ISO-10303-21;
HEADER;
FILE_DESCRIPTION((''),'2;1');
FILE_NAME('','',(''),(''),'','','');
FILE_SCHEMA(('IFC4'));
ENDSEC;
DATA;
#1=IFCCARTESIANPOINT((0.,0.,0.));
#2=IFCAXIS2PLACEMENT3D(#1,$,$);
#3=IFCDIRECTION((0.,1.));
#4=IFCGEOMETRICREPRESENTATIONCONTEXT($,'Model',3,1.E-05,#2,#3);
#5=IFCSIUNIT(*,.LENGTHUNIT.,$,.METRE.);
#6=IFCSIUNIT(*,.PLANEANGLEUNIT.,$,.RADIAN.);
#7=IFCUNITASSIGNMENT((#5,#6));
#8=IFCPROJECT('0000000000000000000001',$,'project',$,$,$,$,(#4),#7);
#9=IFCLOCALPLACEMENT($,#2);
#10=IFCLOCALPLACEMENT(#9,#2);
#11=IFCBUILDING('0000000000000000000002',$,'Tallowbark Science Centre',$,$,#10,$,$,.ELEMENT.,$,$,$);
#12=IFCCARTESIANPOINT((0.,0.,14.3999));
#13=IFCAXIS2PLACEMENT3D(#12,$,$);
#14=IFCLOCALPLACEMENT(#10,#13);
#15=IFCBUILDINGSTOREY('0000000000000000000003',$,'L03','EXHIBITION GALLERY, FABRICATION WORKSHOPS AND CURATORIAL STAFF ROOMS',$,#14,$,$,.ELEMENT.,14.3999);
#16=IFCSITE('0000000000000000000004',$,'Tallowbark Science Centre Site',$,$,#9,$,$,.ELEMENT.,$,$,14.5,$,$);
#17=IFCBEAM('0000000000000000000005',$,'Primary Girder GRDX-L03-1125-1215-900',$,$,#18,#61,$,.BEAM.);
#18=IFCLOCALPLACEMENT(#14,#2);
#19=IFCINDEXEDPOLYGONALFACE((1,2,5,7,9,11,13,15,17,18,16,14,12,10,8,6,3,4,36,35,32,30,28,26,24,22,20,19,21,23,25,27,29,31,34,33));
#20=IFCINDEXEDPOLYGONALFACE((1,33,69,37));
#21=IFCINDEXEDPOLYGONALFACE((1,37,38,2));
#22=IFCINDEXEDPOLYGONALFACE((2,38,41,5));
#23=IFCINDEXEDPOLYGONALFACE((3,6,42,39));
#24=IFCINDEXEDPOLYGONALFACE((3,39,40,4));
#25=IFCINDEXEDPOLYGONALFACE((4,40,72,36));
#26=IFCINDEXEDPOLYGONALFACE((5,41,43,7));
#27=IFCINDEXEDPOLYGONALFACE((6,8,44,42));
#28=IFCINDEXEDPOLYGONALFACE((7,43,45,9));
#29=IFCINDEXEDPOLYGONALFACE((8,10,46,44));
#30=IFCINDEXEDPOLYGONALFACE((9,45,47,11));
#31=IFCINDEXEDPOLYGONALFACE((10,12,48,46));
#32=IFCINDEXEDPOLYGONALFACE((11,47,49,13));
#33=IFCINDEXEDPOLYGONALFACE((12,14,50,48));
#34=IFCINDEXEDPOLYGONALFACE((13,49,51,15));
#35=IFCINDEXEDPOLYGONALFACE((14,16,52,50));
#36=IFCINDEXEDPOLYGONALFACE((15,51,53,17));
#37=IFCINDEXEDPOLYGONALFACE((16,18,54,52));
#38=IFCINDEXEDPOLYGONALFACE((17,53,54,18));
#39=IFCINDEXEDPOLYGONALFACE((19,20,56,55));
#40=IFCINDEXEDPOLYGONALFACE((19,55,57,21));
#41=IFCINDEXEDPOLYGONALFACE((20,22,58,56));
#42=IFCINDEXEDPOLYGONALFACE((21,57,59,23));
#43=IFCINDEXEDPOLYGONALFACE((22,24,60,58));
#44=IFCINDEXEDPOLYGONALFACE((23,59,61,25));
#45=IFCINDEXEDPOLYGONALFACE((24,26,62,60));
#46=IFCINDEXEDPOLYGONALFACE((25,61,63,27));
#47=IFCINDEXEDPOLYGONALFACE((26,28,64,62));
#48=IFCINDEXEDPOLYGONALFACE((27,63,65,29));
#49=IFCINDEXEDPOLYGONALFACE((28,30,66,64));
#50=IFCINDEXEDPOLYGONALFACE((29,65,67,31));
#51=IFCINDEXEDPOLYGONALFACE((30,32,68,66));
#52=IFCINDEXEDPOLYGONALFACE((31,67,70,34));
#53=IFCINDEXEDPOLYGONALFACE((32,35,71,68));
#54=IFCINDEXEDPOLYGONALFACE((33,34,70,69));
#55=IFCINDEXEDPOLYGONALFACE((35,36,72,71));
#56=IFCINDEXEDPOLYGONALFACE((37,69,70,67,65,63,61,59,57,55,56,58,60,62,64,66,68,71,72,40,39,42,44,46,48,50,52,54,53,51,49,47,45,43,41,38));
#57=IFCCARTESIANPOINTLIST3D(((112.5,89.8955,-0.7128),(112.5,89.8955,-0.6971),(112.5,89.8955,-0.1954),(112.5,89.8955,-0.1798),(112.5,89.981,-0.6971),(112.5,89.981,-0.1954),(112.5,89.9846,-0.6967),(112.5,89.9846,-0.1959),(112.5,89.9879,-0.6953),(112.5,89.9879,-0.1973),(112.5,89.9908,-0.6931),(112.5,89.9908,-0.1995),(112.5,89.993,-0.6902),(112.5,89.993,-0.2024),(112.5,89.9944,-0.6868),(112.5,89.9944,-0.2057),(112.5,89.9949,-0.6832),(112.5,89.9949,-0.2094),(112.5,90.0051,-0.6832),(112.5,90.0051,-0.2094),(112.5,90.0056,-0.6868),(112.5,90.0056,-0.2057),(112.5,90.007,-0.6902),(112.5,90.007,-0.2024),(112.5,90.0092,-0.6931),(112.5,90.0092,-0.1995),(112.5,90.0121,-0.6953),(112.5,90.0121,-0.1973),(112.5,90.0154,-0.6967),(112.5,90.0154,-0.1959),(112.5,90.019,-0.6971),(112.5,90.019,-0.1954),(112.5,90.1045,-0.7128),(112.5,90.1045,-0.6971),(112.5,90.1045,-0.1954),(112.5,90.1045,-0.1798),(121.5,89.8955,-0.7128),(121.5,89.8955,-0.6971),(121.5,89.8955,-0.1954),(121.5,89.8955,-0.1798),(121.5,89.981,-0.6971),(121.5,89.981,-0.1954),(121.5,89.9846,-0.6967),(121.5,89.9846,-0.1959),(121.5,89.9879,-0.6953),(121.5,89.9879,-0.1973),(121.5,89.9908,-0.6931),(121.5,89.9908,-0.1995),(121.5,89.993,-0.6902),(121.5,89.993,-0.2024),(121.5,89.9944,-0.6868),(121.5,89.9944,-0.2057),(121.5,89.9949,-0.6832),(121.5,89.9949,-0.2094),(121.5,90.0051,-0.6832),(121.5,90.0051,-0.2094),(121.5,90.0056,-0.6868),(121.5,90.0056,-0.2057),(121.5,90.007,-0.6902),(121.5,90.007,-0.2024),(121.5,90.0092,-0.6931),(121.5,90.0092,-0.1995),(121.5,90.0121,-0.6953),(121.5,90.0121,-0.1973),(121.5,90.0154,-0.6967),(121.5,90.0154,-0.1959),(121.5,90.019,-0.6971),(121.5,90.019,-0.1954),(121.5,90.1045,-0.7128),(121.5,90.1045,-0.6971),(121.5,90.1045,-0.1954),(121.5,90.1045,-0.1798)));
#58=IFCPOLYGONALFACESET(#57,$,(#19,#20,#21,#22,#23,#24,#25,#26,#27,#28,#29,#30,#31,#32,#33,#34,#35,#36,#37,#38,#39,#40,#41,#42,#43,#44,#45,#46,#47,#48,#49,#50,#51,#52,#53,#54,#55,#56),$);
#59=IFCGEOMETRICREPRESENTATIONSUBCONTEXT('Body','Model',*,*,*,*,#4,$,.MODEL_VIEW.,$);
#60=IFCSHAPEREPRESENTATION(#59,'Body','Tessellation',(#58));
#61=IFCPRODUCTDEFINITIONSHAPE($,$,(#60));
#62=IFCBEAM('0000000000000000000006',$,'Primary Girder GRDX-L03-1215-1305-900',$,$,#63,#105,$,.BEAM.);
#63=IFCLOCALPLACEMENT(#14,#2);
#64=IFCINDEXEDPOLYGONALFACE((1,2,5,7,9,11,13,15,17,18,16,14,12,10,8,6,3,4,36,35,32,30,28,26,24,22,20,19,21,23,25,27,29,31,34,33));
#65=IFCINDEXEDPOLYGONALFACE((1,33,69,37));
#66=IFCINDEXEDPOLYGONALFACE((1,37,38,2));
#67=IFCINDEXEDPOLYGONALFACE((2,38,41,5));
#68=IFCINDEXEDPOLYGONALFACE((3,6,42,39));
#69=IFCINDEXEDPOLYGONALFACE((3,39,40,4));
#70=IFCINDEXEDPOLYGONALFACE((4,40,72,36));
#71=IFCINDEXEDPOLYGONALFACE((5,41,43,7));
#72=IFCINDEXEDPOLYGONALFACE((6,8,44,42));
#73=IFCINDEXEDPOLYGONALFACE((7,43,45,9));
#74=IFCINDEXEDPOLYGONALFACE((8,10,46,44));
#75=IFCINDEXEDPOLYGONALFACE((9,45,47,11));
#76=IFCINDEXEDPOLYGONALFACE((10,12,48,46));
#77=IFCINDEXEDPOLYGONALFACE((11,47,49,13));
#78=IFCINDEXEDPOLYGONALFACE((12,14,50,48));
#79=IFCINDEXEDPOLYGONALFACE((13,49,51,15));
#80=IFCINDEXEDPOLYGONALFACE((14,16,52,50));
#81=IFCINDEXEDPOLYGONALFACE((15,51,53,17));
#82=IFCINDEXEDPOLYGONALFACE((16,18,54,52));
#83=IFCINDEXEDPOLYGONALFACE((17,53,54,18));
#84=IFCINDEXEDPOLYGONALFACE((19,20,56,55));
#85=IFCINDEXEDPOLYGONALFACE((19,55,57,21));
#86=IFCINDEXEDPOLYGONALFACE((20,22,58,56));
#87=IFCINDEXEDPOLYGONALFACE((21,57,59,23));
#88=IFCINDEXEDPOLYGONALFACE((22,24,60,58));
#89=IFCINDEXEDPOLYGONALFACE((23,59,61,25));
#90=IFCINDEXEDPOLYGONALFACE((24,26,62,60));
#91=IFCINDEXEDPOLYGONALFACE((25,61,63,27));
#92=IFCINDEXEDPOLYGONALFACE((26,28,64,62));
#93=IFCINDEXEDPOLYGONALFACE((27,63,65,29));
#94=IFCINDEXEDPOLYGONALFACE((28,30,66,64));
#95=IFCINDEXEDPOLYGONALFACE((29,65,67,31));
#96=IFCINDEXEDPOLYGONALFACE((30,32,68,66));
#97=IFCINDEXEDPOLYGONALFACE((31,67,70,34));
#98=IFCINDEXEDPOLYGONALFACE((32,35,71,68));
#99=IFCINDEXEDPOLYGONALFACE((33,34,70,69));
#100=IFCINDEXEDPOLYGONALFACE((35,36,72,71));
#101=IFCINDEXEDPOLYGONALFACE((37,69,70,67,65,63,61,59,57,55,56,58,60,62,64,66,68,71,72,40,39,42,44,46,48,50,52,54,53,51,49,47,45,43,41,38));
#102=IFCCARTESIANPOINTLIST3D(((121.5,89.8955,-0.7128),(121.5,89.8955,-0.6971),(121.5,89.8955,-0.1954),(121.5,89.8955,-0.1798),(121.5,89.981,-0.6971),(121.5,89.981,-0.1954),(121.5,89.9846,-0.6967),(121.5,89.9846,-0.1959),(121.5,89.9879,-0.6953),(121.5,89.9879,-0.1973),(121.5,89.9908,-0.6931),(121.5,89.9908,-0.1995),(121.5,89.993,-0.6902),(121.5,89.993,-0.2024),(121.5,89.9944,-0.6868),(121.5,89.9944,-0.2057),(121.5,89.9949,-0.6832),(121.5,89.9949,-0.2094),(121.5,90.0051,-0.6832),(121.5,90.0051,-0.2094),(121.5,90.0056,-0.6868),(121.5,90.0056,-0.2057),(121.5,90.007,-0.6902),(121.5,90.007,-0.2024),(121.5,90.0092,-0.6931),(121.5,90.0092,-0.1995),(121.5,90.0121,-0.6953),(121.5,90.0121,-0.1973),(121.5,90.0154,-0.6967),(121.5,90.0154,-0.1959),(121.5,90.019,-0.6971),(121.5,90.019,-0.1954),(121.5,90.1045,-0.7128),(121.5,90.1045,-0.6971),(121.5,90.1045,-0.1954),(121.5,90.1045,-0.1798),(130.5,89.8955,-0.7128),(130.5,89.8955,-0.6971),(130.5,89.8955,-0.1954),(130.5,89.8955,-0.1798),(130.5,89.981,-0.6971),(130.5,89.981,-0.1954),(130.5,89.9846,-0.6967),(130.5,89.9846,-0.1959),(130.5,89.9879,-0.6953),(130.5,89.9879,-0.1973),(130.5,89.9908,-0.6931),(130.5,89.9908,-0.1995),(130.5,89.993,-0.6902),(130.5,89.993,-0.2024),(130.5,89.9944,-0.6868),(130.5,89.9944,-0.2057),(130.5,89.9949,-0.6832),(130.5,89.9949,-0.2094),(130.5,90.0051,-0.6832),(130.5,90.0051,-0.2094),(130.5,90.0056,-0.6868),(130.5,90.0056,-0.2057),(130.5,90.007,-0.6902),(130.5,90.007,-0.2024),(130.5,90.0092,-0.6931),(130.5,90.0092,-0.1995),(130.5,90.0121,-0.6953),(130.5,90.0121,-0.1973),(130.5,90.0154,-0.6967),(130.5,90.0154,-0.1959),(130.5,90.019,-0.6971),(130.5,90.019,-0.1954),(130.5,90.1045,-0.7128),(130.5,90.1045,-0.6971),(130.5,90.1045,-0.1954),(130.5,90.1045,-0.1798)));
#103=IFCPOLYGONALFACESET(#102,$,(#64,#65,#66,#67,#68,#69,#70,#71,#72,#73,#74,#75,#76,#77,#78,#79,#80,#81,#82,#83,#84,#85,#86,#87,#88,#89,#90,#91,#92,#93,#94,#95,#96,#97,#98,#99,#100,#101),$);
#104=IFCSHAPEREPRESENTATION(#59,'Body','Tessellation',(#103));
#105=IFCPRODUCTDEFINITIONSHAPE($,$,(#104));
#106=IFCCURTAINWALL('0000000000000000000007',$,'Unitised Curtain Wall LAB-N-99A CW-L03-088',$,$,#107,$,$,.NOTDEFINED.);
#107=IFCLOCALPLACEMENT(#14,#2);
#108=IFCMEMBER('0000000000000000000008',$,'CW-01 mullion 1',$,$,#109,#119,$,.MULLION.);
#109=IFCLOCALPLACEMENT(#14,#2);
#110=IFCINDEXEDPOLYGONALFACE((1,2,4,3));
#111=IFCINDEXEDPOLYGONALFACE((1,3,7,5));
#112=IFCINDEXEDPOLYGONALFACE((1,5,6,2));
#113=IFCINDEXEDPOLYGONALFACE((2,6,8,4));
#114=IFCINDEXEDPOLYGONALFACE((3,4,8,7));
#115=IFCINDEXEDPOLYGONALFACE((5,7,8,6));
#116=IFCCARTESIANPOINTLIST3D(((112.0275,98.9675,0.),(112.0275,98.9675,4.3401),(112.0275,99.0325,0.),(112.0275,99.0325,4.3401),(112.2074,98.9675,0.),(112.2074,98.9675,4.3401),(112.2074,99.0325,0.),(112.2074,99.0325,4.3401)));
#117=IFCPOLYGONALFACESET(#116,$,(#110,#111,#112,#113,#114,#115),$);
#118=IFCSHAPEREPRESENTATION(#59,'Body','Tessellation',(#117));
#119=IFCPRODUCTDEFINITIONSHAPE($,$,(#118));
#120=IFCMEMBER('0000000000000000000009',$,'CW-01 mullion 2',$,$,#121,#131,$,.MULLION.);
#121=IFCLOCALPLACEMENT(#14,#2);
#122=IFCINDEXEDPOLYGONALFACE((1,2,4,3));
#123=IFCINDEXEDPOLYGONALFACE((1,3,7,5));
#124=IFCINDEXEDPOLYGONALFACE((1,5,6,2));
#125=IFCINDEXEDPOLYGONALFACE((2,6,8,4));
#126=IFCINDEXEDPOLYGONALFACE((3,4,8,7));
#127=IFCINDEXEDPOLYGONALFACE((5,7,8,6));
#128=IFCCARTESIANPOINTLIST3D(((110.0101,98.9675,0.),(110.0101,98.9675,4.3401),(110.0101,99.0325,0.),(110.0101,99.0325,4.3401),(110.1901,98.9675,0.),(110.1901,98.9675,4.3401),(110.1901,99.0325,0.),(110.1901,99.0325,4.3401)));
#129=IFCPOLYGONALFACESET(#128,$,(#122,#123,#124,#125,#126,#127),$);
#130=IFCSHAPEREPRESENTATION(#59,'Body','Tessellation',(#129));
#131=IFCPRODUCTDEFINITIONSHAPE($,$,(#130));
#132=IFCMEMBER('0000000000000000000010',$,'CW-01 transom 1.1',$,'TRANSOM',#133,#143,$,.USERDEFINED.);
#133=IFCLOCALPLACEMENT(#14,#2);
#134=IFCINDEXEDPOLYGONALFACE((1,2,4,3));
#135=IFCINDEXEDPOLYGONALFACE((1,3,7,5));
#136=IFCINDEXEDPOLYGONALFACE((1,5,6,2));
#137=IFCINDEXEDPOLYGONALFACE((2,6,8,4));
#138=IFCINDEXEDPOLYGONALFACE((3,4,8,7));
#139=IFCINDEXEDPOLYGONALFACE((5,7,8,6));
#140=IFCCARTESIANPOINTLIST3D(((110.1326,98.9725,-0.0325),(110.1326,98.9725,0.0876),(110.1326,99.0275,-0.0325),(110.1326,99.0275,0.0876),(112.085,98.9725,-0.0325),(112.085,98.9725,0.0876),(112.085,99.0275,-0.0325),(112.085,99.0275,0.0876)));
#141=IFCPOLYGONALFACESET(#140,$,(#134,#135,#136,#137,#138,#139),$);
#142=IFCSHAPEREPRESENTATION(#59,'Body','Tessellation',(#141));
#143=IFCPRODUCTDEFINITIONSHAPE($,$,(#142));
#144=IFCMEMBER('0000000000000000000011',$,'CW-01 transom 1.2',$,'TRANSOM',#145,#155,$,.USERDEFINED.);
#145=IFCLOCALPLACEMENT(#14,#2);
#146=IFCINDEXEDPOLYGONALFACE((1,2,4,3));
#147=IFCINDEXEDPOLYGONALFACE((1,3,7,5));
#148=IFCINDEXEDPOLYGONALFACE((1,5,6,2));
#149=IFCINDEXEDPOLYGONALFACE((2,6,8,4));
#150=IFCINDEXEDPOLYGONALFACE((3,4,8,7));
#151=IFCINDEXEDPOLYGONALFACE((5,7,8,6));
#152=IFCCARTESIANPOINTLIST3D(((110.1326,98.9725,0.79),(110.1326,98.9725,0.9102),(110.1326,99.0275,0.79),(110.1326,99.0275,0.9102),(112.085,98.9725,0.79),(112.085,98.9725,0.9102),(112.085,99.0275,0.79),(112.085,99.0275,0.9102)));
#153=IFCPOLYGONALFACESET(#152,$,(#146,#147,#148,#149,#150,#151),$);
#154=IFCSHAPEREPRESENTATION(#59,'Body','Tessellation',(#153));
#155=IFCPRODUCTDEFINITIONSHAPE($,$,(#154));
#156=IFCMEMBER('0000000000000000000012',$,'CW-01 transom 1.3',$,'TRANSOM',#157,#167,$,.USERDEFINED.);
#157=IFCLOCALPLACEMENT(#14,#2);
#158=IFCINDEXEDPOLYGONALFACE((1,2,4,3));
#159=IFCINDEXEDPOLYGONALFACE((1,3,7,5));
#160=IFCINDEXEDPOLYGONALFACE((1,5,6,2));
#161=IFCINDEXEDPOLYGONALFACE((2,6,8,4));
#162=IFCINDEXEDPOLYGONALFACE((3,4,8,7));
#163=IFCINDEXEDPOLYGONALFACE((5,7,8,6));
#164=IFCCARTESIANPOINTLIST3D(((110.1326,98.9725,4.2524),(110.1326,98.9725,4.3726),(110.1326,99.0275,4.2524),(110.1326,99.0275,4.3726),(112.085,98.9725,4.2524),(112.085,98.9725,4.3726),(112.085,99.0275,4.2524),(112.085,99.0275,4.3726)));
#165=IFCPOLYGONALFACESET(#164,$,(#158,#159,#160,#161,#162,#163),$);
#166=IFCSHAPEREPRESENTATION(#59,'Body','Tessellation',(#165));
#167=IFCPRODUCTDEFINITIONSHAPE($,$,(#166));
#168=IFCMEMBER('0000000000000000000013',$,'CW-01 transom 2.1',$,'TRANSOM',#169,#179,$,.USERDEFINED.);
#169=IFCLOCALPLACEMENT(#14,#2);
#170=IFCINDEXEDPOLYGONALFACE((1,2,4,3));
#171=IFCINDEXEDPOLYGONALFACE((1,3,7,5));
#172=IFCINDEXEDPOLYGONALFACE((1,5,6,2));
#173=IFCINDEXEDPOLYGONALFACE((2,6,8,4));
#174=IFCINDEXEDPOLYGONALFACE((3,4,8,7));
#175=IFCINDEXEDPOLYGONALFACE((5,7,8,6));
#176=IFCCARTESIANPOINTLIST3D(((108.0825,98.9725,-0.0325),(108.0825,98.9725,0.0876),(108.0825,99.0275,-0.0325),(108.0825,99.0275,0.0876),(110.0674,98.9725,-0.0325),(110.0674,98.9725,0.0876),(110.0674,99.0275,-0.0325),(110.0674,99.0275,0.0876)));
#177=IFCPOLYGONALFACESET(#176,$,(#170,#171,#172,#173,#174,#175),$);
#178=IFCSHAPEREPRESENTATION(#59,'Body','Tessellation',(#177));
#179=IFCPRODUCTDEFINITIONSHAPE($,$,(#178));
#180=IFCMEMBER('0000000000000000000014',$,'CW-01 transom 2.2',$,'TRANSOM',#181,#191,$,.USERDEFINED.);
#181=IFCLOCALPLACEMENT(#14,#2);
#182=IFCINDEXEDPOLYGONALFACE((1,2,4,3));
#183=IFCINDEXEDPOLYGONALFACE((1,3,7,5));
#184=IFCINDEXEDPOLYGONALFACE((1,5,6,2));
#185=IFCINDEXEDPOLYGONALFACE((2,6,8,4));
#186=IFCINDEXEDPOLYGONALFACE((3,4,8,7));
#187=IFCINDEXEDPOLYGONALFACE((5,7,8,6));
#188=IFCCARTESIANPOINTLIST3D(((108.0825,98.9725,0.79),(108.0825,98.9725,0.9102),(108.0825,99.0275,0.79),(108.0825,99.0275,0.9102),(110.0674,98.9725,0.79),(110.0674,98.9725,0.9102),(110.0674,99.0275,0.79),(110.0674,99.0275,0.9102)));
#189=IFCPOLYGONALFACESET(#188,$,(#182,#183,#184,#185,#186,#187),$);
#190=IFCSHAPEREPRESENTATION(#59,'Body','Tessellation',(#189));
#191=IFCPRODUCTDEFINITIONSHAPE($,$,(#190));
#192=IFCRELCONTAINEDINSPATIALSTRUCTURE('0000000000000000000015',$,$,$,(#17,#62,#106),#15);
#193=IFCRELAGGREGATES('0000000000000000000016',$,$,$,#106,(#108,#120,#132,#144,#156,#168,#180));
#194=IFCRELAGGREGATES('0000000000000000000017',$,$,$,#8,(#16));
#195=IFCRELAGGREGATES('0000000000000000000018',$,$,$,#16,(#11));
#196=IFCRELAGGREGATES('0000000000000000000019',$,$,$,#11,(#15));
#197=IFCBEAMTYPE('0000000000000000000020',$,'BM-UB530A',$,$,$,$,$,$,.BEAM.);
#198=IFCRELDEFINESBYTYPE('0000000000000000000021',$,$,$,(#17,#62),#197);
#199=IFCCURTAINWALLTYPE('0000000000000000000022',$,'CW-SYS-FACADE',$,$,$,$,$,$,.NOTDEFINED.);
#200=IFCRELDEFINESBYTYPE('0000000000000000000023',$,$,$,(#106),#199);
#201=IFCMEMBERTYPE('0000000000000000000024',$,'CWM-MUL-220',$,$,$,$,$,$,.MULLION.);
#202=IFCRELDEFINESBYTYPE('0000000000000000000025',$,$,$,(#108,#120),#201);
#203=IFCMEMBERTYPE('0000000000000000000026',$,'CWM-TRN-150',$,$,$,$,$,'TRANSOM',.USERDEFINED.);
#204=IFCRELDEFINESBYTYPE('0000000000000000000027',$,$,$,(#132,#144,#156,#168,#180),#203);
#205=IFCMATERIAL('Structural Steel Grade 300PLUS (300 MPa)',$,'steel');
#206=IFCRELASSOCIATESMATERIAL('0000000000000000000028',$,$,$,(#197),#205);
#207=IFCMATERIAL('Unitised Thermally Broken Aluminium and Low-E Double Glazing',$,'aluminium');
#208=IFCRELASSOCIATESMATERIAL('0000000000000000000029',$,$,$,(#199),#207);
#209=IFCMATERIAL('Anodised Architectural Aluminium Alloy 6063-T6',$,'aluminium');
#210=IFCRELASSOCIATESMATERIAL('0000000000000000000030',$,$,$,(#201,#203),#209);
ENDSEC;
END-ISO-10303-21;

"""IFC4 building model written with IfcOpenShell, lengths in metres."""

from ifc_helpers import new_model, si_unit, direction, frame, origin, origin_2d, place, context, subcontext, project, spatial, rectangle, i_section, extrude, material, material_profile, profile_set, type_object, element, aggregate, save


model = new_model("IFC4")

# Units and contexts
model_context = context("Model", 3, precision=1e-05, world=origin(), true_north=direction((0.0, 1.0)))
body_context = subcontext(model_context, "Body", "Model", "MODEL_VIEW")
ifc_project = project(units=[si_unit("LENGTHUNIT", "METRE"), si_unit("PLANEANGLEUNIT", "RADIAN")], contexts=[model_context])

# Site, building, storey
site_placement = place(None, origin())
site = spatial("IfcSite", under=ifc_project, at=site_placement, Name="Tallowbark Science Centre Site", CompositionType="ELEMENT", RefElevation=14.5)
building_placement = place(site_placement, origin())
building = spatial("IfcBuilding", under=site, at=building_placement, Name="Tallowbark Science Centre", CompositionType="ELEMENT")
storey_placement = place(building_placement, frame((0.0, 0.0, 14.3999)))
storey = spatial("IfcBuildingStorey", under=building, at=storey_placement, Name="L03", Description="EXHIBITION GALLERY, FABRICATION WORKSHOPS AND CURATORIAL STAFF ROOMS", CompositionType="ELEMENT", Elevation=14.3999)

# Shared definitions
ifc_material_1 = material(Name="Structural Steel Grade 300PLUS (300 MPa)", Category="steel")

# Beams
ifc_material_profile_1 = material_profile(ifc_material_1, i_section(OverallWidth=0.209, OverallDepth=0.533, WebThickness=0.0103, FlangeThickness=0.0156, FilletRadius=0.0139, at=origin_2d()), Name="530UB92.4")
ifc_profile_set_1 = profile_set([ifc_material_profile_1], Name="Structural Steel Grade 300PLUS (300 MPa)")
beam_type_1 = type_object("IfcBeamType", Name="BM-UB530A", PredefinedType="BEAM", material=ifc_profile_set_1)
for number, where, z_axis, x_axis, name in (
    (1, (112.5, 90.0, -0.4463), (1.0, 0.0, 0.0), (0.0, 1.0, 0.0), "Primary Girder GRDX-L03-1125-1215-900"),
    (2, (121.5, 90.0, -0.4463), (1.0, 0.0, 0.0), (0.0, 1.0, 0.0), "Primary Girder GRDX-L03-1215-1305-900"),
):
    element("IfcBeam", number, at=place(storey_placement, frame(where, z_axis=z_axis, x_axis=x_axis)), inside=storey, type_object=beam_type_1, Name=name, PredefinedType="BEAM", context=body_context, shape_type="SweptSolid", body=[
        extrude(i_section(OverallWidth=0.209, OverallDepth=0.533, WebThickness=0.0103, FlangeThickness=0.0156, FilletRadius=0.0139, at=origin_2d()), origin(), (0.0, 0.0, 1.0), 9.0),
    ])

# Curtain wall, members
ifc_material_2 = material(Name="Unitised Thermally Broken Aluminium and Low-E Double Glazing", Category="aluminium")
curtain_wall_type = type_object("IfcCurtainWallType", Name="CW-SYS-FACADE", PredefinedType="NOTDEFINED", material=ifc_material_2)
curtain_wall_placement = place(storey_placement, origin())
curtain_wall = element("IfcCurtainWall", 3, at=curtain_wall_placement, inside=storey, type_object=curtain_wall_type, Name="Unitised Curtain Wall LAB-N-99A CW-L03-088", PredefinedType="NOTDEFINED")
ifc_material_3 = material(Name="Anodised Architectural Aluminium Alloy 6063-T6", Category="aluminium")
ifc_material_profile_2 = material_profile(ifc_material_3, rectangle(XDim=0.0649, YDim=0.1799, at=origin_2d()), Name="ALU65x180")
ifc_profile_set_2 = profile_set([ifc_material_profile_2], Name="Anodised Architectural Aluminium Alloy 6063-T6")
member_type_1 = type_object("IfcMemberType", Name="CWM-MUL-220", PredefinedType="MULLION", material=ifc_profile_set_2)
member_1_placement = place(storey_placement, frame((112.1174, 99.0, 0.0), z_axis=(0.0, 0.0, 1.0), x_axis=(0.0, -1.0, 0.0)))
member_1 = element("IfcMember", 4, at=member_1_placement, type_object=member_type_1, Name="CW-01 mullion 1", PredefinedType="MULLION", context=body_context, shape_type="SweptSolid", body=[
    extrude(rectangle(XDim=0.0649, YDim=0.1799, at=origin_2d()), origin(), (0.0, 0.0, 1.0), 4.3401),
])
member_2_placement = place(storey_placement, frame((110.1001, 99.0, 0.0), z_axis=(0.0, 0.0, 1.0), x_axis=(0.0, -1.0, 0.0)))
member_2 = element("IfcMember", 5, at=member_2_placement, type_object=member_type_1, Name="CW-01 mullion 2", PredefinedType="MULLION", context=body_context, shape_type="SweptSolid", body=[
    extrude(rectangle(XDim=0.0649, YDim=0.1799, at=origin_2d()), origin(), (0.0, 0.0, 1.0), 4.3401),
])
ifc_material_profile_3 = material_profile(ifc_material_3, rectangle(XDim=0.0549, YDim=0.1201, at=origin_2d()), Name="ALU55x120")
ifc_profile_set_3 = profile_set([ifc_material_profile_3], Name="Anodised Architectural Aluminium Alloy 6063-T6")
member_type_2 = type_object("IfcMemberType", Name="CWM-TRN-150", ElementType="TRANSOM", PredefinedType="USERDEFINED", material=ifc_profile_set_3)
member_3_placement = place(storey_placement, frame((112.085, 99.0, 0.0276), z_axis=(-1.0, 0.0, 0.0), x_axis=(0.0, -1.0, 0.0)))
member_3 = element("IfcMember", 6, at=member_3_placement, type_object=member_type_2, Name="CW-01 transom 1.1", ObjectType="TRANSOM", PredefinedType="USERDEFINED", context=body_context, shape_type="SweptSolid", body=[
    extrude(rectangle(XDim=0.0549, YDim=0.1201, at=origin_2d()), origin(), (0.0, 0.0, 1.0), 1.9524),
])
member_4_placement = place(storey_placement, frame((112.085, 99.0, 0.8501), z_axis=(-1.0, 0.0, 0.0), x_axis=(0.0, -1.0, 0.0)))
member_4 = element("IfcMember", 7, at=member_4_placement, type_object=member_type_2, Name="CW-01 transom 1.2", ObjectType="TRANSOM", PredefinedType="USERDEFINED", context=body_context, shape_type="SweptSolid", body=[
    extrude(rectangle(XDim=0.0549, YDim=0.1201, at=origin_2d()), origin(), (0.0, 0.0, 1.0), 1.9524),
])
member_5_placement = place(storey_placement, frame((112.085, 99.0, 4.3125), z_axis=(-1.0, 0.0, 0.0), x_axis=(0.0, -1.0, 0.0)))
member_5 = element("IfcMember", 8, at=member_5_placement, type_object=member_type_2, Name="CW-01 transom 1.3", ObjectType="TRANSOM", PredefinedType="USERDEFINED", context=body_context, shape_type="SweptSolid", body=[
    extrude(rectangle(XDim=0.0549, YDim=0.1201, at=origin_2d()), origin(), (0.0, 0.0, 1.0), 1.9524),
])
member_6_placement = place(storey_placement, frame((110.0674, 99.0, 0.0276), z_axis=(-1.0, 0.0, 0.0), x_axis=(0.0, -1.0, 0.0)))
member_6 = element("IfcMember", 9, at=member_6_placement, type_object=member_type_2, Name="CW-01 transom 2.1", ObjectType="TRANSOM", PredefinedType="USERDEFINED", context=body_context, shape_type="SweptSolid", body=[
    extrude(rectangle(XDim=0.0549, YDim=0.1201, at=origin_2d()), origin(), (0.0, 0.0, 1.0), 1.9849),
])
member_7_placement = place(storey_placement, frame((110.0674, 99.0, 0.8501), z_axis=(-1.0, 0.0, 0.0), x_axis=(0.0, -1.0, 0.0)))
member_7 = element("IfcMember", 10, at=member_7_placement, type_object=member_type_2, Name="CW-01 transom 2.2", ObjectType="TRANSOM", PredefinedType="USERDEFINED", context=body_context, shape_type="SweptSolid", body=[
    extrude(rectangle(XDim=0.0549, YDim=0.1201, at=origin_2d()), origin(), (0.0, 0.0, 1.0), 1.9849),
])

aggregate(curtain_wall, [member_1, member_2, member_3, member_4, member_5, member_6, member_7])

save(model, "model.ifc")
